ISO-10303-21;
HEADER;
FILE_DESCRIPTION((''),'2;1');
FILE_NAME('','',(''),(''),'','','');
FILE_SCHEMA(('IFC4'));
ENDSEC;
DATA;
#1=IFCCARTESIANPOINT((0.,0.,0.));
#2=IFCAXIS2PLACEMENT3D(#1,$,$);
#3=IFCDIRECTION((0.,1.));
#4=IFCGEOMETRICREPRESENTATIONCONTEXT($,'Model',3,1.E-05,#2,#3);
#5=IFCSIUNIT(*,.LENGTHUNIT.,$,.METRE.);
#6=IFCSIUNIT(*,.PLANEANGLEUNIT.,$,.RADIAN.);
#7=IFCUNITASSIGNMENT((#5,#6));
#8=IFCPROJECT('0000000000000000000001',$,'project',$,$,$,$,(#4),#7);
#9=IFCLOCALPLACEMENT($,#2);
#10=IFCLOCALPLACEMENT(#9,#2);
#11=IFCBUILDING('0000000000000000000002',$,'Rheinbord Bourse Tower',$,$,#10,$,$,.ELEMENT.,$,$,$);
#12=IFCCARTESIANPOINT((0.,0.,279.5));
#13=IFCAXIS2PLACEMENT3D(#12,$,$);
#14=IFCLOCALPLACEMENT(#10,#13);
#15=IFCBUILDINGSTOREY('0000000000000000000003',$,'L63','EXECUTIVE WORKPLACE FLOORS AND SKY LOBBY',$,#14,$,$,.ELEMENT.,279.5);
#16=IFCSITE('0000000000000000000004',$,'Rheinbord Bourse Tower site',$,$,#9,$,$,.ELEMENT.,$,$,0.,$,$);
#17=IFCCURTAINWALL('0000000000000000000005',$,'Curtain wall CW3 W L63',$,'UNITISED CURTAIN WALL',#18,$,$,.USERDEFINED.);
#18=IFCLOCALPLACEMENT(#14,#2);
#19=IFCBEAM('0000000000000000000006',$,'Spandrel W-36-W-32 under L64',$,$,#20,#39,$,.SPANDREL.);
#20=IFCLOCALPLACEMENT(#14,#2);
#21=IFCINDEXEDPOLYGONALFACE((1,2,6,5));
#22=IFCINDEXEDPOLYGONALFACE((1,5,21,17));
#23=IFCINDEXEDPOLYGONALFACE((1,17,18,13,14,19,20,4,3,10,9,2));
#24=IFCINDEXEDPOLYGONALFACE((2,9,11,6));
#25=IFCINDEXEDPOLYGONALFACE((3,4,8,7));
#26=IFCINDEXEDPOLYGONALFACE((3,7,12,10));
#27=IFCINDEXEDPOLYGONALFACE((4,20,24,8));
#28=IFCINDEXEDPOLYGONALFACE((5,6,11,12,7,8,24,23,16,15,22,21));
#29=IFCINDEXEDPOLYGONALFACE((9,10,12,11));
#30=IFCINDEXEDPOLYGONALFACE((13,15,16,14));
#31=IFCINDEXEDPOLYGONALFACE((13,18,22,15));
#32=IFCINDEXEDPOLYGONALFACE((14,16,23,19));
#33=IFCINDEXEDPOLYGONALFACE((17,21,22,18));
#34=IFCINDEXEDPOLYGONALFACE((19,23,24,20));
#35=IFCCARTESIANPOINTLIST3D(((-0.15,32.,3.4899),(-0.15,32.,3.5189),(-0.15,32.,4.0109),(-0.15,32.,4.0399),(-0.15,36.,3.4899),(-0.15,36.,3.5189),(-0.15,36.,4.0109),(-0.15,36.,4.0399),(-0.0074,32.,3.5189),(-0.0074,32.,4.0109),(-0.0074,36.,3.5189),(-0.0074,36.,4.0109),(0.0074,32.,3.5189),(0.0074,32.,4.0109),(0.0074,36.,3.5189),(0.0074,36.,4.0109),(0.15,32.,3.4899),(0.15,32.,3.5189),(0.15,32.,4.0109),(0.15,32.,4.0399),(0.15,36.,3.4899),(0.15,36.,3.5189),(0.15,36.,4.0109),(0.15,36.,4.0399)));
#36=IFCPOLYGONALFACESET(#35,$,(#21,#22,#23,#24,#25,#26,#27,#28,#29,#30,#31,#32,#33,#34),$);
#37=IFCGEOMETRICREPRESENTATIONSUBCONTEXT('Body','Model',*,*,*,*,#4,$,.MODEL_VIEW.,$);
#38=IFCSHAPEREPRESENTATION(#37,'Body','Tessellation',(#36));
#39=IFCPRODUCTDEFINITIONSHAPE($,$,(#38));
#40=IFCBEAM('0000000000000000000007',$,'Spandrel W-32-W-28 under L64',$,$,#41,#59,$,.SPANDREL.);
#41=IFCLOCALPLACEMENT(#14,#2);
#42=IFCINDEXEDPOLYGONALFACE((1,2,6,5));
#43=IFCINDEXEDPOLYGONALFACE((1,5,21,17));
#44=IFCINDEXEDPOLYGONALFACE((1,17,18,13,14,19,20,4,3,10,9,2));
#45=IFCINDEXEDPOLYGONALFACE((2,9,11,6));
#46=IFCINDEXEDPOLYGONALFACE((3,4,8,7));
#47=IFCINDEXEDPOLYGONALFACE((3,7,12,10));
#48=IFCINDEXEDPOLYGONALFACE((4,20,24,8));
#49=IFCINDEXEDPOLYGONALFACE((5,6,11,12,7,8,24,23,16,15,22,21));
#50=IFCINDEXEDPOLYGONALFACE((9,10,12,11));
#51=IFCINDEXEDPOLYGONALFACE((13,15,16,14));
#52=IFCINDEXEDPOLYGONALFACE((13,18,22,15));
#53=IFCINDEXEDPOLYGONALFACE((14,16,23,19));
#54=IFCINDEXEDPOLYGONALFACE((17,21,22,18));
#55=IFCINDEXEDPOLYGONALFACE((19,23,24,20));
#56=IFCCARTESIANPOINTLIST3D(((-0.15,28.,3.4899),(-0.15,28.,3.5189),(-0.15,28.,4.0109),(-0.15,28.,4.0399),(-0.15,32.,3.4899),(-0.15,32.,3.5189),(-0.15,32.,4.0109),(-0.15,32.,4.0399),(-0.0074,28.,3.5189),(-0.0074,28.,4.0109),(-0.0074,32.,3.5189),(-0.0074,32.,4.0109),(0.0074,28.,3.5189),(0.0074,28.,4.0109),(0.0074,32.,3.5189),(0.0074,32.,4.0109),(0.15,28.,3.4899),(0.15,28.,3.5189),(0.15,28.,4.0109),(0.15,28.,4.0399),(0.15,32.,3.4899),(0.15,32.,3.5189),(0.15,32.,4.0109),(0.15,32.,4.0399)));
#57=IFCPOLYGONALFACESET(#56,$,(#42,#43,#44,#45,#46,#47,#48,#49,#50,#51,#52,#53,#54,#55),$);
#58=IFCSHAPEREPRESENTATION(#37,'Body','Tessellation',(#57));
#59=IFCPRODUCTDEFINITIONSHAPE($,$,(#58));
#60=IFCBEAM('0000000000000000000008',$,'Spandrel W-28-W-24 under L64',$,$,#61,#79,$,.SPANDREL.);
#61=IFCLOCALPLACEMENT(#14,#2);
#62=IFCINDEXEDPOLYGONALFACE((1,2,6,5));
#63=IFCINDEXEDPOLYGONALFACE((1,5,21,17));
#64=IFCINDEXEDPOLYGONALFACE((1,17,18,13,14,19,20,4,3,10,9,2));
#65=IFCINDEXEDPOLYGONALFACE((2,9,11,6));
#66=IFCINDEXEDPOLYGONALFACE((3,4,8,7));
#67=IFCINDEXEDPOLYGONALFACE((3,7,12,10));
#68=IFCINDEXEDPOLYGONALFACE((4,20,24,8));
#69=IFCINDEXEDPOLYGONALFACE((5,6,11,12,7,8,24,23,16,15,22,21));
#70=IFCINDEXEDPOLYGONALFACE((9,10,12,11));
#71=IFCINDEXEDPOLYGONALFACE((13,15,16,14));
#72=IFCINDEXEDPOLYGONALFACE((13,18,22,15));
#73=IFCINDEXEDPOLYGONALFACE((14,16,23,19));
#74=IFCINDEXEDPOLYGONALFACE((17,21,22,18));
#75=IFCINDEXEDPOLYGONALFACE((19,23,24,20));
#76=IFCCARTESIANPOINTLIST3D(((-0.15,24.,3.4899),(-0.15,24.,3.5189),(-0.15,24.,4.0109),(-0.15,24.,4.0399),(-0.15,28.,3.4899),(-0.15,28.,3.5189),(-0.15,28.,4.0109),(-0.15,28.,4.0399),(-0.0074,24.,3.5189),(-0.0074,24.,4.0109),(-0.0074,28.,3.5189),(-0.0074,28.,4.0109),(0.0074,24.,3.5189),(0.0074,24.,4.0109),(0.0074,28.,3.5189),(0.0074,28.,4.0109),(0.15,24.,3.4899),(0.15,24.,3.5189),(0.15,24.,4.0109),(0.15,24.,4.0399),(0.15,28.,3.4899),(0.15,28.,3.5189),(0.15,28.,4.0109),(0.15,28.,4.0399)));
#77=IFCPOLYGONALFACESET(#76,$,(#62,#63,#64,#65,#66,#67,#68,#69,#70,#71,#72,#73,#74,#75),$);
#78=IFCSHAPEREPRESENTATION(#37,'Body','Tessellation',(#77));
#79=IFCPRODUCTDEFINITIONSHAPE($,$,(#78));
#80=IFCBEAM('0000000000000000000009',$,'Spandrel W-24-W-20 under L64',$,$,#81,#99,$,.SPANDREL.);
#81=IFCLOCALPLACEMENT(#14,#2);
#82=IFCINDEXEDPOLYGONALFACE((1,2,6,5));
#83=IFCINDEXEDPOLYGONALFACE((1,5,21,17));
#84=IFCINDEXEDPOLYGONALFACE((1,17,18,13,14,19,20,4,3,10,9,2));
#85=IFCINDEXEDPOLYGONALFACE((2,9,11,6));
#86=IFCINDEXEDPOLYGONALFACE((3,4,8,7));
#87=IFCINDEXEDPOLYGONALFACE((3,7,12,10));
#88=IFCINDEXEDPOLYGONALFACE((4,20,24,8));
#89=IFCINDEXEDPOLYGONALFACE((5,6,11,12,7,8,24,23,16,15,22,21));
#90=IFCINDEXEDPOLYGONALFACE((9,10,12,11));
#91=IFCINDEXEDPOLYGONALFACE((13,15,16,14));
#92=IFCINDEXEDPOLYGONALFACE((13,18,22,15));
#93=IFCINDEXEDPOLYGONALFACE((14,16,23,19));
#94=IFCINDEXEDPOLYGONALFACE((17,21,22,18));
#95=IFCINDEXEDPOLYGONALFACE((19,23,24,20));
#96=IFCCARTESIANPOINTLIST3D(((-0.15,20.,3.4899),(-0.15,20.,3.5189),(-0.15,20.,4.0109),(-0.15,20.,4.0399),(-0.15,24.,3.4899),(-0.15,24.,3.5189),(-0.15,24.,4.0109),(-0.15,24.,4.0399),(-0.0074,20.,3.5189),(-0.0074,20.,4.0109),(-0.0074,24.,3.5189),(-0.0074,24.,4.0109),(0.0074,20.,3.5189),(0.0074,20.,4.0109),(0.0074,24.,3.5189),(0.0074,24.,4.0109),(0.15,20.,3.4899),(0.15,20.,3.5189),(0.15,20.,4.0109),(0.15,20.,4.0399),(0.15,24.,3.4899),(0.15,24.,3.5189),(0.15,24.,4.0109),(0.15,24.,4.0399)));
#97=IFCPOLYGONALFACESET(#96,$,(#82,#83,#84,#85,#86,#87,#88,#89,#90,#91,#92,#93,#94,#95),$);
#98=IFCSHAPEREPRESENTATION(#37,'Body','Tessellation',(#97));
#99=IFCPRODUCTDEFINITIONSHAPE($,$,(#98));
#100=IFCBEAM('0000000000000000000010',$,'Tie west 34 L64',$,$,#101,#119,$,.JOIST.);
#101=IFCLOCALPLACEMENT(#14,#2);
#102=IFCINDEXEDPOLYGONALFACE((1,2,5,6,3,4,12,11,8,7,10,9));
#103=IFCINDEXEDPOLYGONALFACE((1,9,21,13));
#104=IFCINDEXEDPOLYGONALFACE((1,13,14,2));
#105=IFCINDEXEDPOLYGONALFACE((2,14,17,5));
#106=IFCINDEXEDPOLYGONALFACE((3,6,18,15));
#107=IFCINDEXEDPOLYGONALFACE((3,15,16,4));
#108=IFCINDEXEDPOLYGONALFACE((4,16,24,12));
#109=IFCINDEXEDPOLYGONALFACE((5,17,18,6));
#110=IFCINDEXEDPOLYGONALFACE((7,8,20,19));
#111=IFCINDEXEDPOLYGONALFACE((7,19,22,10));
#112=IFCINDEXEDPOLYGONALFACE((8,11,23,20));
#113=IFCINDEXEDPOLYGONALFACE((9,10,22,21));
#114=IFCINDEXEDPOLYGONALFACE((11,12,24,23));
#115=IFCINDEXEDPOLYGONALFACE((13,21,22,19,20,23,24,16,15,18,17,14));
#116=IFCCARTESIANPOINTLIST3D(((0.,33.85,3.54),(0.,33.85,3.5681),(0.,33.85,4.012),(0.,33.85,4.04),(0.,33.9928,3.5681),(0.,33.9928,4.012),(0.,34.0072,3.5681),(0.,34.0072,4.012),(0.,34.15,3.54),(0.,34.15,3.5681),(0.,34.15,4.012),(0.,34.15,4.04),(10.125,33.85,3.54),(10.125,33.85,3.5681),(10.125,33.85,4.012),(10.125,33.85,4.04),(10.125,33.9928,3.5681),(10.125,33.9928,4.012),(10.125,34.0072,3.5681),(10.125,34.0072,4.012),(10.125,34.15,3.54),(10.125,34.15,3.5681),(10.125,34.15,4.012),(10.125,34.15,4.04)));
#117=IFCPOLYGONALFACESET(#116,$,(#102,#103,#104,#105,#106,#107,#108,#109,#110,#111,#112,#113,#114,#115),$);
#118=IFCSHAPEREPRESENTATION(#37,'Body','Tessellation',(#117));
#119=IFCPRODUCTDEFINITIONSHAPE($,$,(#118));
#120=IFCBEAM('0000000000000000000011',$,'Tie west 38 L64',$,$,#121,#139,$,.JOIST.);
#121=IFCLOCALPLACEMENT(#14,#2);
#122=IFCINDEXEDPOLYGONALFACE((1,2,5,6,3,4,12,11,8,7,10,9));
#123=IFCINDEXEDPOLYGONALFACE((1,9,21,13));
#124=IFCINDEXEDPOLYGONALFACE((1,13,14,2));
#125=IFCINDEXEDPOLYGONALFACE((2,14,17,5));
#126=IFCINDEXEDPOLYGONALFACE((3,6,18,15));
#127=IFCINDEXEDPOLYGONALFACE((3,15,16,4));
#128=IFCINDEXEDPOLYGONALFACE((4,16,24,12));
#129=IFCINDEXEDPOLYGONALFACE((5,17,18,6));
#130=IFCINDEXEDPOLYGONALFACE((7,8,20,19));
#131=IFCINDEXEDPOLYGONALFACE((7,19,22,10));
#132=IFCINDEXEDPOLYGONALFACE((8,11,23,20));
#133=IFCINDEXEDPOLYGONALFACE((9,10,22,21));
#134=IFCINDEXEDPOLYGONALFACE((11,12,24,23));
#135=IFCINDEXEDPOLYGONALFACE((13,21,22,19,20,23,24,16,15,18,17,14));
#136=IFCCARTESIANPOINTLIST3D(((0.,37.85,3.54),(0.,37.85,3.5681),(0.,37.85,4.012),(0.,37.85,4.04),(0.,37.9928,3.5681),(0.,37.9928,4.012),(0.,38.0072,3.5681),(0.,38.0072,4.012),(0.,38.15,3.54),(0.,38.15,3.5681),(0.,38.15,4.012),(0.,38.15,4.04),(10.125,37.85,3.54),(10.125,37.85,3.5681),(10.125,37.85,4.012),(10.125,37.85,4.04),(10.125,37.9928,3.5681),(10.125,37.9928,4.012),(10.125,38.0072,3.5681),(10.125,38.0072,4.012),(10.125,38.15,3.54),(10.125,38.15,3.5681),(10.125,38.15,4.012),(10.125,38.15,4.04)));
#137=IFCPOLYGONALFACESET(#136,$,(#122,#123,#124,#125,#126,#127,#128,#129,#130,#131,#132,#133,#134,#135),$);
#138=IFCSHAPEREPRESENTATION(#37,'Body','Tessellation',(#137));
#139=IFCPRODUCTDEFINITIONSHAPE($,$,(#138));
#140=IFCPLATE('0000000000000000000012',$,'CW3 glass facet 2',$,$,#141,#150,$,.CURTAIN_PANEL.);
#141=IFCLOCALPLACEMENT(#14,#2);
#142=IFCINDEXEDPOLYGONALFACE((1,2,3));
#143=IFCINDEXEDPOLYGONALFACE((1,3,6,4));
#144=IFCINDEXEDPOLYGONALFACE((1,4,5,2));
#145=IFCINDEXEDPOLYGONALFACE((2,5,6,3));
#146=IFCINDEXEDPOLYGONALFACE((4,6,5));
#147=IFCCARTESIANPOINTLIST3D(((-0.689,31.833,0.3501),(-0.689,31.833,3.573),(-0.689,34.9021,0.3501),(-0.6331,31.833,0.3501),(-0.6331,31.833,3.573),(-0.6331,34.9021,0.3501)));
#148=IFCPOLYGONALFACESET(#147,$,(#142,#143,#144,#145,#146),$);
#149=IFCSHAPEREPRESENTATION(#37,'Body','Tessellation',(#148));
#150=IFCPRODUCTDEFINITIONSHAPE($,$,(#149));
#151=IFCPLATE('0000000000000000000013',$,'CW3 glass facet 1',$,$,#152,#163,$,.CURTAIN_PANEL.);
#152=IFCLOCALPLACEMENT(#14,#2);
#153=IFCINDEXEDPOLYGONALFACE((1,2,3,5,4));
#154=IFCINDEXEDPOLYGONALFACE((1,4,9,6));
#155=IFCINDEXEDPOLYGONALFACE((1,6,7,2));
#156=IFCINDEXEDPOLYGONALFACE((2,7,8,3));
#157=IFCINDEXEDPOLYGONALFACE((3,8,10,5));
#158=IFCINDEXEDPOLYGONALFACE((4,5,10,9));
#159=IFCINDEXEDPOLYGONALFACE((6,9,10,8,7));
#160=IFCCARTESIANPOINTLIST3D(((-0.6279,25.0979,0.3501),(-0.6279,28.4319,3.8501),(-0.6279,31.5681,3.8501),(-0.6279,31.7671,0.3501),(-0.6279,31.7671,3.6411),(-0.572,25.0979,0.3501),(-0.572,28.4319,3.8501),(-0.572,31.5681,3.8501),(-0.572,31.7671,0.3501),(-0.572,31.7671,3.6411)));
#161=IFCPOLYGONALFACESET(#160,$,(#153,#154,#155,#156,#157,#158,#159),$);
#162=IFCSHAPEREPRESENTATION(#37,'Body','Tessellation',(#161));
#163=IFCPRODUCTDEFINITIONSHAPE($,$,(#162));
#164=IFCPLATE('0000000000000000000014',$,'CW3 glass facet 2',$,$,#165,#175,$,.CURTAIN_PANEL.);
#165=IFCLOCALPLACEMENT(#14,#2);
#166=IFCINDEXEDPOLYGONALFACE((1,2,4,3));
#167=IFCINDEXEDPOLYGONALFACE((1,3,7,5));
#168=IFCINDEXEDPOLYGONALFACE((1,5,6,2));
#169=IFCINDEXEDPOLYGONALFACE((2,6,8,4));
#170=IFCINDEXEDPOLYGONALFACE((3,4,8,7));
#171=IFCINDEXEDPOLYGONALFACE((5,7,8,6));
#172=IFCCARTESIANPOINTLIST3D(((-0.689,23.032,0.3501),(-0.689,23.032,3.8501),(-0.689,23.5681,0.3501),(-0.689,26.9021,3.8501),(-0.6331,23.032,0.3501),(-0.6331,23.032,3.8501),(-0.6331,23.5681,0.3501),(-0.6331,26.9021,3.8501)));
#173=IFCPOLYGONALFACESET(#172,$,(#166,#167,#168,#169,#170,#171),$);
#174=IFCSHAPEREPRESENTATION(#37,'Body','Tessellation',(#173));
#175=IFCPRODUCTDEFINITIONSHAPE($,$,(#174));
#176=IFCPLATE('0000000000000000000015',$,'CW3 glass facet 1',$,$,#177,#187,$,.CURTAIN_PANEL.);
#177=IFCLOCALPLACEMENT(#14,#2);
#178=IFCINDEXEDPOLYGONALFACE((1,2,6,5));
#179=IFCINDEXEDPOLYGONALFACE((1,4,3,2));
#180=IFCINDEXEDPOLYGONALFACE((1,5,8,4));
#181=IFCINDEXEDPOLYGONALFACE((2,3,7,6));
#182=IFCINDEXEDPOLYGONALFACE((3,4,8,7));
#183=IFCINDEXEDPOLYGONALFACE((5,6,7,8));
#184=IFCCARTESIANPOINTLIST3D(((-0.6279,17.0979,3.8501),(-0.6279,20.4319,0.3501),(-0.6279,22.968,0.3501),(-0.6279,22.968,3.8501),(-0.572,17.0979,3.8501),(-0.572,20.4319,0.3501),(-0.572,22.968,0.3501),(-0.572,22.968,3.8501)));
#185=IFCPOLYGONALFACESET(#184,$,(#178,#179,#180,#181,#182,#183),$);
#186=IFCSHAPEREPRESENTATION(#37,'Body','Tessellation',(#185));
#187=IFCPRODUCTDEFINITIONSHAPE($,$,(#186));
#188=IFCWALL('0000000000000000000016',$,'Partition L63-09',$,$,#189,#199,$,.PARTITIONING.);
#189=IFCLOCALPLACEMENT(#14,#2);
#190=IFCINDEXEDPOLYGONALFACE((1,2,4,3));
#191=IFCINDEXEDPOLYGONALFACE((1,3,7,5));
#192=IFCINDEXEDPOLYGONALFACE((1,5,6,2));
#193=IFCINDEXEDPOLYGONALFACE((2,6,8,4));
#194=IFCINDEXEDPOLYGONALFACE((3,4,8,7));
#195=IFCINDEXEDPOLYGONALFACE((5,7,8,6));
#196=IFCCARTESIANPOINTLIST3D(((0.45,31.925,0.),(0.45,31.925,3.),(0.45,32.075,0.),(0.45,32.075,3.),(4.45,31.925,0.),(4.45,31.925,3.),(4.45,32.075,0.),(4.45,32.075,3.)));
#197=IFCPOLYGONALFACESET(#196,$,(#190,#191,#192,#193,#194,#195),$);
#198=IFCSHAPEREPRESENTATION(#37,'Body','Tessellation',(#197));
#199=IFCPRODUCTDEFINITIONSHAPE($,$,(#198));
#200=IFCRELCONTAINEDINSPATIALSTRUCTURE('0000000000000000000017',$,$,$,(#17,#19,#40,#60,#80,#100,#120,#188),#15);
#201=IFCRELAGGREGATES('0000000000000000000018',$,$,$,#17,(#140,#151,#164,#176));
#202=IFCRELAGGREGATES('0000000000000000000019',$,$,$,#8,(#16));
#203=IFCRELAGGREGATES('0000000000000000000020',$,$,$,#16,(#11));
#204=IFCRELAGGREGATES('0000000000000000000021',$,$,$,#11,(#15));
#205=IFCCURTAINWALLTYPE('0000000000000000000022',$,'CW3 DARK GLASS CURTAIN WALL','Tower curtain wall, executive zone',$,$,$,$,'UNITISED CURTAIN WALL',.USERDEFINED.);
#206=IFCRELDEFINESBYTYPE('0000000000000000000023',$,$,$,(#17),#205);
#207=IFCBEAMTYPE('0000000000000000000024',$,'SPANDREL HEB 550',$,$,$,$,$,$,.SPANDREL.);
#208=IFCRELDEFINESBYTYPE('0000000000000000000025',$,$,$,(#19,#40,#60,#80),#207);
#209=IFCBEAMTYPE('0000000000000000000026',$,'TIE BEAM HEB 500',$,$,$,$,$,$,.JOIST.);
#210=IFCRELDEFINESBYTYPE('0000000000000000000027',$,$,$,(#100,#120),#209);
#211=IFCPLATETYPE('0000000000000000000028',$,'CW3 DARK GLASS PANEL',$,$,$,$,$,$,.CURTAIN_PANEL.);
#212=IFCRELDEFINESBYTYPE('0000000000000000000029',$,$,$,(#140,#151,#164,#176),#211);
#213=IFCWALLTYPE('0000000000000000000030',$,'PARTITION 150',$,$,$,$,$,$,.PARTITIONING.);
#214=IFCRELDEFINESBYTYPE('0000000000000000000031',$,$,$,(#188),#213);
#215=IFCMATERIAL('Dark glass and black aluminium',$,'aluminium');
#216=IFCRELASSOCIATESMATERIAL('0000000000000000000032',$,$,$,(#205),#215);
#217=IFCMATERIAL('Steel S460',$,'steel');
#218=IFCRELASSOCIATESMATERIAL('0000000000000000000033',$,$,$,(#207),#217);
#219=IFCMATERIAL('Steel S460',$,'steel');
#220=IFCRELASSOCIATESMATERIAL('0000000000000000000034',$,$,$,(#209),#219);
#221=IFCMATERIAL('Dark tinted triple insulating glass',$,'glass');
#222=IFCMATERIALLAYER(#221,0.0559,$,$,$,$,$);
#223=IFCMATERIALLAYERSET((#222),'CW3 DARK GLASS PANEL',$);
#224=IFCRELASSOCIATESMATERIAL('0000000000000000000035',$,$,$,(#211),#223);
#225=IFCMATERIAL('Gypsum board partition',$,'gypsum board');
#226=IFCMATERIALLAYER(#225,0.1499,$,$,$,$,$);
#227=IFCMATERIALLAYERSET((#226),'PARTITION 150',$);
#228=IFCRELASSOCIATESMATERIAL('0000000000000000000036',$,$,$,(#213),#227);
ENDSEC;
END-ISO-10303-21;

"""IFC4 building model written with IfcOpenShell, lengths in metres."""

from ifc_helpers import new_model, si_unit, direction, frame, frame_2d, origin, origin_2d, place, context, subcontext, project, spatial, polyline, rectangle, i_section, outline, extrude, material, layer, layer_set, material_profile, profile_set, type_object, element, aggregate, save


model = new_model("IFC4")

# Units and contexts
model_context = context("Model", 3, precision=1e-05, world=origin(), true_north=direction((0.0, 1.0)))
body_context = subcontext(model_context, "Body", "Model", "MODEL_VIEW")
ifc_project = project(units=[si_unit("LENGTHUNIT", "METRE"), si_unit("PLANEANGLEUNIT", "RADIAN")], contexts=[model_context])

# Site, building, storey
site_placement = place(None, origin())
site = spatial("IfcSite", under=ifc_project, at=site_placement, Name="Rheinbord Bourse Tower site", CompositionType="ELEMENT", RefElevation=0.0)
building_placement = place(site_placement, origin())
building = spatial("IfcBuilding", under=site, at=building_placement, Name="Rheinbord Bourse Tower", CompositionType="ELEMENT")
storey_placement = place(building_placement, frame((0.0, 0.0, 279.5)))
storey = spatial("IfcBuildingStorey", under=building, at=storey_placement, Name="L63", Description="EXECUTIVE WORKPLACE FLOORS AND SKY LOBBY", CompositionType="ELEMENT", Elevation=279.5)

# Curtain wall
ifc_material_1 = material(Name="Dark glass and black aluminium", Category="aluminium")
curtain_wall_type = type_object("IfcCurtainWallType", Name="CW3 DARK GLASS CURTAIN WALL", Description="Tower curtain wall, executive zone", ElementType="UNITISED CURTAIN WALL", PredefinedType="USERDEFINED", material=ifc_material_1)
curtain_wall_placement = place(storey_placement, origin())
curtain_wall = element("IfcCurtainWall", 1, at=curtain_wall_placement, inside=storey, type_object=curtain_wall_type, Name="Curtain wall CW3 W L63", ObjectType="UNITISED CURTAIN WALL", PredefinedType="USERDEFINED")

# Beams
ifc_material_2 = material(Name="Steel S460", Category="steel")
ifc_material_profile_1 = material_profile(ifc_material_2, i_section(OverallWidth=0.3, OverallDepth=0.55, WebThickness=0.0149, FlangeThickness=0.0291, at=origin_2d()), Name="HEB 550")
ifc_profile_set_1 = profile_set([ifc_material_profile_1], Name="Steel S460")
beam_type_1 = type_object("IfcBeamType", Name="SPANDREL HEB 550", PredefinedType="SPANDREL", material=ifc_profile_set_1)
for number, where, z_axis, x_axis, name in (
    (2, (0.0, 36.0, 3.7649), (0.0, -1.0, 0.0), (1.0, 0.0, 0.0), "Spandrel W-36-W-32 under L64"),
    (3, (0.0, 32.0, 3.7649), (0.0, -1.0, 0.0), (1.0, 0.0, 0.0), "Spandrel W-32-W-28 under L64"),
    (4, (0.0, 28.0, 3.7649), (0.0, -1.0, 0.0), (1.0, 0.0, 0.0), "Spandrel W-28-W-24 under L64"),
    (5, (0.0, 24.0, 3.7649), (0.0, -1.0, 0.0), (1.0, 0.0, 0.0), "Spandrel W-24-W-20 under L64"),
):
    element("IfcBeam", number, at=place(storey_placement, frame(where, z_axis=z_axis, x_axis=x_axis)), inside=storey, type_object=beam_type_1, Name=name, PredefinedType="SPANDREL", context=body_context, shape_type="SweptSolid", body=[
        extrude(i_section(OverallWidth=0.3, OverallDepth=0.55, WebThickness=0.0149, FlangeThickness=0.0291, at=origin_2d()), origin(), (0.0, 0.0, 1.0), 4.0),
    ])
ifc_material_3 = material(Name="Steel S460", Category="steel")
ifc_material_profile_2 = material_profile(ifc_material_3, i_section(OverallWidth=0.3, OverallDepth=0.5, WebThickness=0.0144, FlangeThickness=0.0281, at=origin_2d()), Name="HEB 500")
ifc_profile_set_2 = profile_set([ifc_material_profile_2], Name="Steel S460")
beam_type_2 = type_object("IfcBeamType", Name="TIE BEAM HEB 500", PredefinedType="JOIST", material=ifc_profile_set_2)
for number, where, z_axis, x_axis, name in (
    (6, (0.0, 34.0, 3.79), (1.0, 0.0, 0.0), (0.0, 1.0, 0.0), "Tie west 34 L64"),
    (7, (0.0, 38.0, 3.79), (1.0, 0.0, 0.0), (0.0, 1.0, 0.0), "Tie west 38 L64"),
):
    element("IfcBeam", number, at=place(storey_placement, frame(where, z_axis=z_axis, x_axis=x_axis)), inside=storey, type_object=beam_type_2, Name=name, PredefinedType="JOIST", context=body_context, shape_type="SweptSolid", body=[
        extrude(i_section(OverallWidth=0.3, OverallDepth=0.5, WebThickness=0.0144, FlangeThickness=0.0281, at=origin_2d()), origin(), (0.0, 0.0, 1.0), 10.125),
    ])

# Plates
ifc_material_4 = material(Name="Dark tinted triple insulating glass", Category="glass")
ifc_layer_1 = layer(ifc_material_4, 0.0559)
ifc_layer_set_1 = layer_set([ifc_layer_1], Name="CW3 DARK GLASS PANEL")
plate_type = type_object("IfcPlateType", Name="CW3 DARK GLASS PANEL", PredefinedType="CURTAIN_PANEL", material=ifc_layer_set_1)
plate_1_placement = place(storey_placement, frame((-0.689, 31.833, 0.3501), z_axis=(1.0, 0.0, 0.0), x_axis=(0.0, 1.0, 0.0)))
plate_1 = element("IfcPlate", 8, at=plate_1_placement, type_object=plate_type, Name="CW3 glass facet 2", PredefinedType="CURTAIN_PANEL", context=body_context, shape_type="SweptSolid", body=[
    extrude(outline(polyline([(0.0, 0.0), (3.0691, 0.0), (0.0, 3.2229), (0.0, 0.0)])), origin(), (0.0, 0.0, 1.0), 0.0559),
])
plate_2_placement = place(storey_placement, frame((-0.6279, 31.7671, 0.3501), z_axis=(1.0, 0.0, 0.0), x_axis=(0.0, 0.0, 1.0)))
plate_2 = element("IfcPlate", 9, at=plate_2_placement, type_object=plate_type, Name="CW3 glass facet 1", PredefinedType="CURTAIN_PANEL", context=body_context, shape_type="SweptSolid", body=[
    extrude(outline(polyline([(0.0, 0.0), (3.291, 0.0), (3.5, 0.199), (3.5, 3.3352), (0.0, 6.6692), (0.0, 0.0)])), origin(), (0.0, 0.0, 1.0), 0.0559),
])
plate_3_placement = place(storey_placement, frame((-0.689, 23.032, 3.8501), z_axis=(1.0, 0.0, 0.0), x_axis=(0.0, 0.0, -1.0)))
plate_3 = element("IfcPlate", 10, at=plate_3_placement, type_object=plate_type, Name="CW3 glass facet 2", PredefinedType="CURTAIN_PANEL", context=body_context, shape_type="SweptSolid", body=[
    extrude(outline(polyline([(0.0, 0.0), (3.5, 0.0), (3.5, 0.5361), (0.0, 3.8701), (0.0, 0.0)])), origin(), (0.0, 0.0, 1.0), 0.0559),
])
plate_4_placement = place(storey_placement, frame((-0.6279, 22.968, 0.3501), z_axis=(1.0, 0.0, 0.0), x_axis=(0.0, 0.0, 1.0)))
plate_4 = element("IfcPlate", 11, at=plate_4_placement, type_object=plate_type, Name="CW3 glass facet 1", PredefinedType="CURTAIN_PANEL", context=body_context, shape_type="SweptSolid", body=[
    extrude(outline(polyline([(0.0, 0.0), (3.5, 0.0), (3.5, 5.8701), (0.0, 2.5361), (0.0, 0.0)])), origin(), (0.0, 0.0, 1.0), 0.0559),
])
aggregate(curtain_wall, [plate_1, plate_2, plate_3, plate_4])

# Wall
ifc_material_5 = material(Name="Gypsum board partition", Category="gypsum board")
ifc_layer_2 = layer(ifc_material_5, 0.1499)
ifc_layer_set_2 = layer_set([ifc_layer_2], Name="PARTITION 150")
wall_type = type_object("IfcWallType", Name="PARTITION 150", PredefinedType="PARTITIONING", material=ifc_layer_set_2)
for number, where, z_axis, x_axis, name in (
    (12, (0.45, 32.0, 0.0), (0.0, 0.0, 1.0), (1.0, 0.0, 0.0), "Partition L63-09"),
):
    element("IfcWall", number, at=place(storey_placement, frame(where, z_axis=z_axis, x_axis=x_axis)), inside=storey, type_object=wall_type, Name=name, PredefinedType="PARTITIONING", context=body_context, shape_type="SweptSolid", body=[
        extrude(rectangle(XDim=4.0, YDim=0.1499, at=frame_2d((2.0, 0.0))), origin(), (0.0, 0.0, 1.0), 3.0),
    ])

save(model, "model.ifc")
